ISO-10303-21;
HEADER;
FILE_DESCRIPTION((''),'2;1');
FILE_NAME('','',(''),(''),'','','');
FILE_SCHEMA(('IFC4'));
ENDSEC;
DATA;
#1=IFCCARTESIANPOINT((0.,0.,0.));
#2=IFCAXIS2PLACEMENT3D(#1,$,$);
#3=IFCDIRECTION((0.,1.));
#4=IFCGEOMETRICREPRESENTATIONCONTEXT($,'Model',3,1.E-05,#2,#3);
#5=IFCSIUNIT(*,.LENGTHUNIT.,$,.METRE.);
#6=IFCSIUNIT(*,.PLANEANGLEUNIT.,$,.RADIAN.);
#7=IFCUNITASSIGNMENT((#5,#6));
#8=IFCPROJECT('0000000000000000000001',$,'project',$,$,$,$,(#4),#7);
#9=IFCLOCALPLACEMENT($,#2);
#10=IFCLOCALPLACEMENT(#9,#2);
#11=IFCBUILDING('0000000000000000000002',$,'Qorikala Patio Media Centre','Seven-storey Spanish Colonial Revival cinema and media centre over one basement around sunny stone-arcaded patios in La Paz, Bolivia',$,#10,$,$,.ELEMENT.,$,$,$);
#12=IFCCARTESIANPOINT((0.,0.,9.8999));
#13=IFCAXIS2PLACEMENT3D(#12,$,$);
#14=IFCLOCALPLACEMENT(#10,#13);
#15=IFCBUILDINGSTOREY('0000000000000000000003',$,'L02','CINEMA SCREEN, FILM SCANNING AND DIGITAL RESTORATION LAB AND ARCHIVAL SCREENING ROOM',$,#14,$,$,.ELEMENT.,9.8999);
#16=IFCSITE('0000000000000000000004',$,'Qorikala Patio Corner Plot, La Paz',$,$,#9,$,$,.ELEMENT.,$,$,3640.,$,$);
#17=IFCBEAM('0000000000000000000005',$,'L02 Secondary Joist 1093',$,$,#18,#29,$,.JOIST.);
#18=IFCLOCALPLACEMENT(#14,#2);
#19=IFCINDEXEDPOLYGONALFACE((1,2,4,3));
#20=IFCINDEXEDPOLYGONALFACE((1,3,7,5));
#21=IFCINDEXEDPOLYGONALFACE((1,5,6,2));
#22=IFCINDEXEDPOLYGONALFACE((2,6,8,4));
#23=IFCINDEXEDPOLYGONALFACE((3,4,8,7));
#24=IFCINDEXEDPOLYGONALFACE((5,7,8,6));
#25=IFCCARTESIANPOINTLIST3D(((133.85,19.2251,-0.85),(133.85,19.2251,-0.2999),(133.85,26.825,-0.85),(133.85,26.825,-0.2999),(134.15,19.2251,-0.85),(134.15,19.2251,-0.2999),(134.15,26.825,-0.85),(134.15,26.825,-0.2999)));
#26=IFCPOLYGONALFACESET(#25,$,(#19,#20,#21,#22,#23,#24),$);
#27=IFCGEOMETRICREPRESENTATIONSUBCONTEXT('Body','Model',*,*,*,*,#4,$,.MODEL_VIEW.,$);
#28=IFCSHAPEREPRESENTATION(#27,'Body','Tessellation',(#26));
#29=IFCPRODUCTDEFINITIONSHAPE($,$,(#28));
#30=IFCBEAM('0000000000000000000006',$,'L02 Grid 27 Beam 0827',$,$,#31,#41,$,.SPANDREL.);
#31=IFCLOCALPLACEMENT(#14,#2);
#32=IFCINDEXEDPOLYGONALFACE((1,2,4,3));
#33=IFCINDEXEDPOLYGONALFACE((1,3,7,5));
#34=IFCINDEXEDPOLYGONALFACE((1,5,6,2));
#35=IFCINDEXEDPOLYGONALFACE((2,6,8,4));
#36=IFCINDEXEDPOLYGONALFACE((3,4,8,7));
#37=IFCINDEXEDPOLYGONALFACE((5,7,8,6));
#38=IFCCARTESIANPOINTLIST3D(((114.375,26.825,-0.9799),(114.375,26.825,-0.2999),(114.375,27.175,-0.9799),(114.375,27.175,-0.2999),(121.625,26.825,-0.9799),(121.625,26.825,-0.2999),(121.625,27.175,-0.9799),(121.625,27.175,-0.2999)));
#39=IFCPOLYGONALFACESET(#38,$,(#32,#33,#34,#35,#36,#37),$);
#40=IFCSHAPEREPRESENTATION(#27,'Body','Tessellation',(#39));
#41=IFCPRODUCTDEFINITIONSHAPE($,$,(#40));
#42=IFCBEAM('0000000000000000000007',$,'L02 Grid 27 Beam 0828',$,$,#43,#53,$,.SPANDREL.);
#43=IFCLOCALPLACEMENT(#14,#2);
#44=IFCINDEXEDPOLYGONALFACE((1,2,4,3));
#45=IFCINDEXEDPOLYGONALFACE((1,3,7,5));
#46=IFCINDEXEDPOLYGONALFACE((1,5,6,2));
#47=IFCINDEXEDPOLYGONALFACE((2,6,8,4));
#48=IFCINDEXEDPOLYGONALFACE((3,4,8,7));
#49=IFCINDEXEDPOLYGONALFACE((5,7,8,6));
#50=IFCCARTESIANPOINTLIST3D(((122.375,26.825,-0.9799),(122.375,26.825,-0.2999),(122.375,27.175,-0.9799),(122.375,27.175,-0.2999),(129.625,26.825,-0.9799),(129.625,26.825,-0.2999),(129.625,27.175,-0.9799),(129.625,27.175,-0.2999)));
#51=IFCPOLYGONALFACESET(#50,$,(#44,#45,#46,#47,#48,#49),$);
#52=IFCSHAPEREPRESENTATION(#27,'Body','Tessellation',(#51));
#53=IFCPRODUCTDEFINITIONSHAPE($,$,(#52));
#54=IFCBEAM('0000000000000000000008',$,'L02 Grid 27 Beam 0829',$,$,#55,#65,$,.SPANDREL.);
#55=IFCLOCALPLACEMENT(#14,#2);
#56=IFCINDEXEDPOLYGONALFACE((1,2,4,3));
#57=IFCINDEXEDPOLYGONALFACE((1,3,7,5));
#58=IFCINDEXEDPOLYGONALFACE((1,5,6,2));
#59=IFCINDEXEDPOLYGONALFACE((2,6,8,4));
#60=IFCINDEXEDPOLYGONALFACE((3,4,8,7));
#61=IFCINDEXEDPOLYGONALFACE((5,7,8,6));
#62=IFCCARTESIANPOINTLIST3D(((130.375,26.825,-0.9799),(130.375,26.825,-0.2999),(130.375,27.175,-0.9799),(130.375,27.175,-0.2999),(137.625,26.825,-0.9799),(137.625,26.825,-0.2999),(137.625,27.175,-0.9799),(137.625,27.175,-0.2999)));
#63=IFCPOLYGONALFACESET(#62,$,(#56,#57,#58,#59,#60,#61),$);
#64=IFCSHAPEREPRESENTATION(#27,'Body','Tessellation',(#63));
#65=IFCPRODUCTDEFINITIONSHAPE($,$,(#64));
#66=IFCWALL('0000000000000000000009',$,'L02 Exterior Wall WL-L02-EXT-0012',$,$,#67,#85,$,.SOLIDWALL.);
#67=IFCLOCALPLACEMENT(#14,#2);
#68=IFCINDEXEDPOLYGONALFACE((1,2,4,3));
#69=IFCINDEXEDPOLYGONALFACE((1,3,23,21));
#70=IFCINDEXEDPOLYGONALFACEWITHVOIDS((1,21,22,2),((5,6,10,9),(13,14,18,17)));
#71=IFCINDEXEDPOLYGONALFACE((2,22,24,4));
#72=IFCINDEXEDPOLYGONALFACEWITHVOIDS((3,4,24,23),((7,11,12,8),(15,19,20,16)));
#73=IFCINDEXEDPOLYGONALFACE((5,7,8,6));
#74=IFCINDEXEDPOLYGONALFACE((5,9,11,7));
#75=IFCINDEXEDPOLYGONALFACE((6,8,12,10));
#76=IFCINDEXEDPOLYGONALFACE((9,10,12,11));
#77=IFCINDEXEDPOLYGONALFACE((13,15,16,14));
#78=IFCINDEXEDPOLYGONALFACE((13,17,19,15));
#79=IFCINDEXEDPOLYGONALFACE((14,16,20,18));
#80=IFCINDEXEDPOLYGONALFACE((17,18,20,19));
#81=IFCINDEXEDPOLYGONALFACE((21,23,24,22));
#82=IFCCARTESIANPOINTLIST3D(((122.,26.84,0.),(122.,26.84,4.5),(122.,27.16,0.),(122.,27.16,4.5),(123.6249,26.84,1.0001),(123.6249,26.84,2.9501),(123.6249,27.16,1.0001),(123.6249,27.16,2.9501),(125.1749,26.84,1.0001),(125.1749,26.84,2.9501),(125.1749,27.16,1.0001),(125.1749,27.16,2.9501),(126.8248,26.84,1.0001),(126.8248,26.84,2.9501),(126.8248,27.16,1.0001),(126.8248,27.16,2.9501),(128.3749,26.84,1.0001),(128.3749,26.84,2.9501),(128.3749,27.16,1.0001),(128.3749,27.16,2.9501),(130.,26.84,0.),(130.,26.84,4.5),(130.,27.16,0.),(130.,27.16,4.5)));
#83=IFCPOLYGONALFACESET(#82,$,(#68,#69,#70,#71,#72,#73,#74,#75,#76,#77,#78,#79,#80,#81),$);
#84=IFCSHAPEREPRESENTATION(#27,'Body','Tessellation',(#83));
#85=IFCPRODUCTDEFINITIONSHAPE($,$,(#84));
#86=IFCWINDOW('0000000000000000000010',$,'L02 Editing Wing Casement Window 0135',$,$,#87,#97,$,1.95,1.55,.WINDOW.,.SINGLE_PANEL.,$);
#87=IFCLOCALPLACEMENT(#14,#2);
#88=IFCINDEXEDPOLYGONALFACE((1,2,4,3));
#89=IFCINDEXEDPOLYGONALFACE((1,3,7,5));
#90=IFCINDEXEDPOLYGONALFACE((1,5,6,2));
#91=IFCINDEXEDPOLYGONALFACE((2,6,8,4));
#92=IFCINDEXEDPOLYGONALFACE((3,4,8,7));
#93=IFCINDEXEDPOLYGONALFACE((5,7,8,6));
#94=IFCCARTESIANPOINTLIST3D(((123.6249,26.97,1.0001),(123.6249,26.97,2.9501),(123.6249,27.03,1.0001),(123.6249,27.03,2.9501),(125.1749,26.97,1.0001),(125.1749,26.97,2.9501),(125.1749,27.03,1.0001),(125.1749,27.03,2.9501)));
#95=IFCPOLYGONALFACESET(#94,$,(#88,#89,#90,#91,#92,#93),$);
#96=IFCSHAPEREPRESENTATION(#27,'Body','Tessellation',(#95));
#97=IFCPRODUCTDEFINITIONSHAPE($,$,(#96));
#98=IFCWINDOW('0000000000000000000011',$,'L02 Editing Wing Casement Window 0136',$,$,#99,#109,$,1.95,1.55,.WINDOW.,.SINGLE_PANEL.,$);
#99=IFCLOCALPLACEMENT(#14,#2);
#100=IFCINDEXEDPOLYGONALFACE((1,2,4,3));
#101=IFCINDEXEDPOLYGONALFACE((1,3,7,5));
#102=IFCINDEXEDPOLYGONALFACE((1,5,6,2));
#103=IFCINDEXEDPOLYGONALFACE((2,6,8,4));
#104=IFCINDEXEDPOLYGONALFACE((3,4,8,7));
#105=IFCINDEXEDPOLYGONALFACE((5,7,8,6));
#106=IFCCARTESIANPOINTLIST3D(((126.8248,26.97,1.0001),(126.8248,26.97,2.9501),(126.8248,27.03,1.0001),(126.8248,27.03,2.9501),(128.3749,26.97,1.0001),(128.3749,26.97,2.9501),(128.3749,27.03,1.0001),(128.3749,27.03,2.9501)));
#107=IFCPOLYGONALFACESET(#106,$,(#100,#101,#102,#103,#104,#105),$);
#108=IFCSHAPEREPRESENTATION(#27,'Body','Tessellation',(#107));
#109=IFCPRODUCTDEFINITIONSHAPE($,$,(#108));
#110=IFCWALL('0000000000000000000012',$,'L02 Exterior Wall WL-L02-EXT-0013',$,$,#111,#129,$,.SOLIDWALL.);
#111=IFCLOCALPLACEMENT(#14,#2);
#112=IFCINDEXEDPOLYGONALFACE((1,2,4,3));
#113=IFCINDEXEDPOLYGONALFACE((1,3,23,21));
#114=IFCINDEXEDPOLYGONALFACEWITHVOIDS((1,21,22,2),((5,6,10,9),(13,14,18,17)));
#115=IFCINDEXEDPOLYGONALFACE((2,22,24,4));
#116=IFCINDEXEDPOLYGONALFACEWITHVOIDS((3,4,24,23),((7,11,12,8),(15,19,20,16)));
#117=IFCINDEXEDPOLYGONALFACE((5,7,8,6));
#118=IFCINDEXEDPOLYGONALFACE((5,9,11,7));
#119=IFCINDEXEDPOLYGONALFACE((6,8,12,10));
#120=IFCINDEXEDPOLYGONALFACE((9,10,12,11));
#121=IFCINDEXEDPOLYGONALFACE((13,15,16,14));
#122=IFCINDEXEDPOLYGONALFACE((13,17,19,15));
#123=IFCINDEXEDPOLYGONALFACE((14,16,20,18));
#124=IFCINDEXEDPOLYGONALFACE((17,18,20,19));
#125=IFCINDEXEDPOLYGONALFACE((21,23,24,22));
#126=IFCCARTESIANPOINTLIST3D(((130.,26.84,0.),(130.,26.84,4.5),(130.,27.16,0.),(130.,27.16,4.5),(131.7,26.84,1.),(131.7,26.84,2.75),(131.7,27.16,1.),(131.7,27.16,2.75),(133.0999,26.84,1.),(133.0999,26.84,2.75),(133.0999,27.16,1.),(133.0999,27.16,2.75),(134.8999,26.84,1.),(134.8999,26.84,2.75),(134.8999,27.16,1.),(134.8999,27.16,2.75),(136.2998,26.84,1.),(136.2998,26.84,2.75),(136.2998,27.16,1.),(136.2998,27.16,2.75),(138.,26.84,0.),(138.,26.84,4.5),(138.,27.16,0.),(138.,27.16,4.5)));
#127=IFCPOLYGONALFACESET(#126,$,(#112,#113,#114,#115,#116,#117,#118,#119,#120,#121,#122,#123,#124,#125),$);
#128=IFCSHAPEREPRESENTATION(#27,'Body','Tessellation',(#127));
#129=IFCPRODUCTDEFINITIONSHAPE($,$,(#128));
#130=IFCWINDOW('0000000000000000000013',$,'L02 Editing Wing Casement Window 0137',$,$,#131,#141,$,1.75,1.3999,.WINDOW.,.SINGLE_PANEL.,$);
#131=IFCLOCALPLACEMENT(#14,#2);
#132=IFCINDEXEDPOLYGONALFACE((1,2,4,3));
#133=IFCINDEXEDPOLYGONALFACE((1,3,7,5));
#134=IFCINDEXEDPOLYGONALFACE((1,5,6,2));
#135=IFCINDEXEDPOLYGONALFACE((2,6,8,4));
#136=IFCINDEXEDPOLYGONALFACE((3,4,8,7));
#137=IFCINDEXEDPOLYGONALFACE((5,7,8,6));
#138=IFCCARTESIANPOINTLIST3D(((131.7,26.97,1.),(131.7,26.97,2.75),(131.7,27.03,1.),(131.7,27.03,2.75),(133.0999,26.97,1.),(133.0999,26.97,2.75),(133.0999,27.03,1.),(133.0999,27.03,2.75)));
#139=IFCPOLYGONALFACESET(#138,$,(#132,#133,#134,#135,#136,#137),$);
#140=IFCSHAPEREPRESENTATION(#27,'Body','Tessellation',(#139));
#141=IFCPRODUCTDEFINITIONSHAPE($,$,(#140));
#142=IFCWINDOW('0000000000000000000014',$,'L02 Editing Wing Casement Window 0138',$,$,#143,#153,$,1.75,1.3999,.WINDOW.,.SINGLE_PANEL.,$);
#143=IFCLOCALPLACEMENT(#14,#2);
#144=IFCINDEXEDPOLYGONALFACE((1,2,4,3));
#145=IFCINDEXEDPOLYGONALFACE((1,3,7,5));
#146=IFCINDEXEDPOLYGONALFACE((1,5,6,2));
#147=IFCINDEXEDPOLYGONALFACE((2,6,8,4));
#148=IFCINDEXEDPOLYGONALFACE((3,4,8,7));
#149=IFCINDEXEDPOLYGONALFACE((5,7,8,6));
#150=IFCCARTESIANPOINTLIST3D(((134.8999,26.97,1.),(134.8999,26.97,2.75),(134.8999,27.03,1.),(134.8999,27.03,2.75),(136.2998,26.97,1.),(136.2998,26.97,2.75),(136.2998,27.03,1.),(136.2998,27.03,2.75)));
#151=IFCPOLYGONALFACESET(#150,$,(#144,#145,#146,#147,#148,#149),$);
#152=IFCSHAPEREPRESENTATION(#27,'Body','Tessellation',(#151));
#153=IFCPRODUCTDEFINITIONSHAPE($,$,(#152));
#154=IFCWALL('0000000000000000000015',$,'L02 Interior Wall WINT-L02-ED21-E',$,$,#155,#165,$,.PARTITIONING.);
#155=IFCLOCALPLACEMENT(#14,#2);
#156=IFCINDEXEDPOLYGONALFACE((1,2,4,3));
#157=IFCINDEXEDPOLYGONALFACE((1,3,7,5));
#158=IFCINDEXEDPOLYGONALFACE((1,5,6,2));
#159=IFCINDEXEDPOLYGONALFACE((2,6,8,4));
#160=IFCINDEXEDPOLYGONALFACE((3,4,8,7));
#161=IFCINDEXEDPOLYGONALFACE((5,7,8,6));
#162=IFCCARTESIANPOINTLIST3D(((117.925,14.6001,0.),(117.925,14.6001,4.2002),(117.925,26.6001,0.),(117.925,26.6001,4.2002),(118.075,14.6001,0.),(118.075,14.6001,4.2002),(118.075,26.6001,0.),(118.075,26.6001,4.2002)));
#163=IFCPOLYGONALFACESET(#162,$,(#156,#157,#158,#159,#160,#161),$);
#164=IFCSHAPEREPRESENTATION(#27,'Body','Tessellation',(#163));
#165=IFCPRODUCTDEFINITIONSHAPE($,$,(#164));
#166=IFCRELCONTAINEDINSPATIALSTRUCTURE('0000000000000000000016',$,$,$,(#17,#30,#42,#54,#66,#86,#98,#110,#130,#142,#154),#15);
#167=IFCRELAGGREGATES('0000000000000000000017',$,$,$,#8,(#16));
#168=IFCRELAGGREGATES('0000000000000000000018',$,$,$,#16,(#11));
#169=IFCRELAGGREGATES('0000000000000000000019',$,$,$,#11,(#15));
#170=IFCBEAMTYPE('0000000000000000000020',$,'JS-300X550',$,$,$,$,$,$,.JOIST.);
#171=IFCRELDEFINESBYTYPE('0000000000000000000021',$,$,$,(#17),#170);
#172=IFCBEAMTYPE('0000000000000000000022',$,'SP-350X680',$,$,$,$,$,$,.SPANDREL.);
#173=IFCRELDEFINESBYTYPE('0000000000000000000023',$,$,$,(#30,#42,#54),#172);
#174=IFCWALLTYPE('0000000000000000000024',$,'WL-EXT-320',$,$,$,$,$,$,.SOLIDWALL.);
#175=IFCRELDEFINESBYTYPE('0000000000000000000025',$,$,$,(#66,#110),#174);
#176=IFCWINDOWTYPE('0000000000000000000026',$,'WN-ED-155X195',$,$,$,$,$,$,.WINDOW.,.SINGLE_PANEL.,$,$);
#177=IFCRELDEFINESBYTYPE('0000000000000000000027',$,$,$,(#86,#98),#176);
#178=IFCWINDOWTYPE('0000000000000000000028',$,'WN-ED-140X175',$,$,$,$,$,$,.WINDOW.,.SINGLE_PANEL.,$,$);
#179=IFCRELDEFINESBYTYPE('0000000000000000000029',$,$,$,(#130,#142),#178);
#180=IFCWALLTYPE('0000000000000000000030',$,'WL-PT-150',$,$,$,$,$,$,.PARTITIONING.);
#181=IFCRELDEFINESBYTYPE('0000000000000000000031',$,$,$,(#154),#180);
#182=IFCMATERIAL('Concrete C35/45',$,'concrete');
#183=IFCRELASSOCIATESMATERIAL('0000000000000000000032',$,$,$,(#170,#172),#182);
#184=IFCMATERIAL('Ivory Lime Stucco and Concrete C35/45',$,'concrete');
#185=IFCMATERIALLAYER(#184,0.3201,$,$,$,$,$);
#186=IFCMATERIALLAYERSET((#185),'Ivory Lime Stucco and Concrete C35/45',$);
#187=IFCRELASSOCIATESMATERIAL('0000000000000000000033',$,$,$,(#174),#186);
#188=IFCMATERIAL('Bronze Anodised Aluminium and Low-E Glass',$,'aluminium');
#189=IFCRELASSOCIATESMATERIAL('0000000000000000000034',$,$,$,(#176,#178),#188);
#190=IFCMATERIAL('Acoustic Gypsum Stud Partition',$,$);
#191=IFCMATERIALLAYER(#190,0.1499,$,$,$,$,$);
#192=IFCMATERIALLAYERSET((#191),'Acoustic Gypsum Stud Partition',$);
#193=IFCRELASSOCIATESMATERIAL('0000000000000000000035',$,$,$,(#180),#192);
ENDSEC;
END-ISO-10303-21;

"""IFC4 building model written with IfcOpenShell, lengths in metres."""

from ifc_helpers import new_model, si_unit, direction, frame, frame_2d, origin, origin_2d, place, context, subcontext, project, spatial, rectangle, extrude, material, layer, layer_set, material_profile, profile_set, type_object, element, fill, save


model = new_model("IFC4")

# Units and contexts
model_context = context("Model", 3, precision=1e-05, world=origin(), true_north=direction((0.0, 1.0)))
body_context = subcontext(model_context, "Body", "Model", "MODEL_VIEW")
ifc_project = project(units=[si_unit("LENGTHUNIT", "METRE"), si_unit("PLANEANGLEUNIT", "RADIAN")], contexts=[model_context])

# Site, building, storey
site_placement = place(None, origin())
site = spatial("IfcSite", under=ifc_project, at=site_placement, Name="Qorikala Patio Corner Plot, La Paz", CompositionType="ELEMENT", RefElevation=3640.0)
building_placement = place(site_placement, origin())
building = spatial("IfcBuilding", under=site, at=building_placement, Name="Qorikala Patio Media Centre", Description="Seven-storey Spanish Colonial Revival cinema and media centre over one basement around sunny stone-arcaded patios in La Paz, Bolivia", CompositionType="ELEMENT")
storey_placement = place(building_placement, frame((0.0, 0.0, 9.8999)))
storey = spatial("IfcBuildingStorey", under=building, at=storey_placement, Name="L02", Description="CINEMA SCREEN, FILM SCANNING AND DIGITAL RESTORATION LAB AND ARCHIVAL SCREENING ROOM", CompositionType="ELEMENT", Elevation=9.8999)

# Shared definitions
ifc_material_1 = material(Name="Concrete C35/45", Category="concrete")

# Beams
ifc_material_profile_1 = material_profile(ifc_material_1, rectangle(XDim=0.3, YDim=0.55, at=origin_2d()), Name="RC 300x550")
ifc_profile_set_1 = profile_set([ifc_material_profile_1], Name="Concrete C35/45")
beam_type_1 = type_object("IfcBeamType", Name="JS-300X550", PredefinedType="JOIST", material=ifc_profile_set_1)
beam_1_placement = place(storey_placement, frame((134.0, 19.2251, -0.575), z_axis=(0.0, 1.0, 0.0), x_axis=(-1.0, 0.0, 0.0)))
element("IfcBeam", 1, at=beam_1_placement, inside=storey, type_object=beam_type_1, Name="L02 Secondary Joist 1093", PredefinedType="JOIST", context=body_context, shape_type="SweptSolid", body=[
    extrude(rectangle(XDim=0.3, YDim=0.55, at=origin_2d()), origin(), (0.0, 0.0, 1.0), 7.5999),
])
ifc_material_profile_2 = material_profile(ifc_material_1, rectangle(XDim=0.3501, YDim=0.6799, at=origin_2d()), Name="RC 350x680")
ifc_profile_set_2 = profile_set([ifc_material_profile_2], Name="Concrete C35/45")
beam_type_2 = type_object("IfcBeamType", Name="SP-350X680", PredefinedType="SPANDREL", material=ifc_profile_set_2)
for number, where, z_axis, x_axis, name in (
    (2, (114.375, 27.0, -0.6399), (1.0, 0.0, 0.0), (0.0, 1.0, 0.0), "L02 Grid 27 Beam 0827"),
    (3, (122.375, 27.0, -0.6399), (1.0, 0.0, 0.0), (0.0, 1.0, 0.0), "L02 Grid 27 Beam 0828"),
    (4, (130.375, 27.0, -0.6399), (1.0, 0.0, 0.0), (0.0, 1.0, 0.0), "L02 Grid 27 Beam 0829"),
):
    element("IfcBeam", number, at=place(storey_placement, frame(where, z_axis=z_axis, x_axis=x_axis)), inside=storey, type_object=beam_type_2, Name=name, PredefinedType="SPANDREL", context=body_context, shape_type="SweptSolid", body=[
        extrude(rectangle(XDim=0.3501, YDim=0.6799, at=origin_2d()), origin(), (0.0, 0.0, 1.0), 7.25),
    ])

# Walls, openings, windows
ifc_material_2 = material(Name="Ivory Lime Stucco and Concrete C35/45", Category="concrete")
ifc_layer_1 = layer(ifc_material_2, 0.3201)
ifc_layer_set_1 = layer_set([ifc_layer_1], Name="Ivory Lime Stucco and Concrete C35/45")
wall_type_1 = type_object("IfcWallType", Name="WL-EXT-320", PredefinedType="SOLIDWALL", material=ifc_layer_set_1)
wall_1_placement = place(storey_placement, frame((122.0, 27.0, 0.0), z_axis=(0.0, 0.0, 1.0), x_axis=(1.0, 0.0, 0.0)))
wall_1 = element("IfcWall", 5, at=wall_1_placement, inside=storey, type_object=wall_type_1, Name="L02 Exterior Wall WL-L02-EXT-0012", PredefinedType="SOLIDWALL", context=body_context, shape_type="SweptSolid", body=[
    extrude(rectangle(XDim=8.0, YDim=0.3201, at=frame_2d((4.0, 0.0))), origin(), (0.0, 0.0, 1.0), 4.5),
])
opening_1_placement = place(wall_1_placement, frame((1.625, 0.0, 1.0)))
opening_1 = element("IfcOpeningElement", 6, at=opening_1_placement, cuts=wall_1, PredefinedType="OPENING", context=body_context, shape_type="SweptSolid", body=[
    extrude(rectangle(XDim=1.55, YDim=1.95, at=frame_2d((0.7749, 0.9751))), frame((0.0, 0.1699, 0.0), z_axis=(0.0, -1.0, 0.0), x_axis=(1.0, 0.0, 0.0)), (0.0, 0.0, 1.0), 0.3401),
])
opening_2_placement = place(wall_1_placement, frame((4.825, 0.0, 1.0)))
opening_2 = element("IfcOpeningElement", 7, at=opening_2_placement, cuts=wall_1, PredefinedType="OPENING", context=body_context, shape_type="SweptSolid", body=[
    extrude(rectangle(XDim=1.55, YDim=1.95, at=frame_2d((0.7749, 0.9751))), frame((0.0, 0.1699, 0.0), z_axis=(0.0, -1.0, 0.0), x_axis=(1.0, 0.0, 0.0)), (0.0, 0.0, 1.0), 0.3401),
])
ifc_material_3 = material(Name="Bronze Anodised Aluminium and Low-E Glass", Category="aluminium")
window_type_1 = type_object("IfcWindowType", Name="WN-ED-155X195", PartitioningType="SINGLE_PANEL", PredefinedType="WINDOW", material=ifc_material_3)
window_1_placement = place(opening_1_placement, origin())
window_1 = element("IfcWindow", 8, at=window_1_placement, inside=storey, type_object=window_type_1, Name="L02 Editing Wing Casement Window 0135", OverallHeight=1.95, OverallWidth=1.55, PartitioningType="SINGLE_PANEL", PredefinedType="WINDOW", context=body_context, shape_type="SweptSolid", body=[
    extrude(rectangle(XDim=1.55, YDim=1.95, at=frame_2d((0.7749, 0.9751))), frame((0.0, 0.03, 0.0), z_axis=(0.0, -1.0, 0.0), x_axis=(1.0, 0.0, 0.0)), (0.0, 0.0, 1.0), 0.0601),
])
fill(opening_1, window_1)
window_2_placement = place(opening_2_placement, origin())
window_2 = element("IfcWindow", 9, at=window_2_placement, inside=storey, type_object=window_type_1, Name="L02 Editing Wing Casement Window 0136", OverallHeight=1.95, OverallWidth=1.55, PartitioningType="SINGLE_PANEL", PredefinedType="WINDOW", context=body_context, shape_type="SweptSolid", body=[
    extrude(rectangle(XDim=1.55, YDim=1.95, at=frame_2d((0.7749, 0.9751))), frame((0.0, 0.03, 0.0), z_axis=(0.0, -1.0, 0.0), x_axis=(1.0, 0.0, 0.0)), (0.0, 0.0, 1.0), 0.0601),
])
fill(opening_2, window_2)
wall_2_placement = place(storey_placement, frame((130.0, 27.0, 0.0), z_axis=(0.0, 0.0, 1.0), x_axis=(1.0, 0.0, 0.0)))
wall_2 = element("IfcWall", 10, at=wall_2_placement, inside=storey, type_object=wall_type_1, Name="L02 Exterior Wall WL-L02-EXT-0013", PredefinedType="SOLIDWALL", context=body_context, shape_type="SweptSolid", body=[
    extrude(rectangle(XDim=8.0, YDim=0.3201, at=frame_2d((4.0, 0.0))), origin(), (0.0, 0.0, 1.0), 4.5),
])
opening_3_placement = place(wall_2_placement, frame((1.7, 0.0, 1.0)))
opening_3 = element("IfcOpeningElement", 11, at=opening_3_placement, cuts=wall_2, PredefinedType="OPENING", context=body_context, shape_type="SweptSolid", body=[
    extrude(rectangle(XDim=1.3999, YDim=1.75, at=frame_2d((0.7, 0.875))), frame((0.0, 0.1699, 0.0), z_axis=(0.0, -1.0, 0.0), x_axis=(1.0, 0.0, 0.0)), (0.0, 0.0, 1.0), 0.3401),
])
opening_4_placement = place(wall_2_placement, frame((4.8999, 0.0, 1.0)))
opening_4 = element("IfcOpeningElement", 12, at=opening_4_placement, cuts=wall_2, PredefinedType="OPENING", context=body_context, shape_type="SweptSolid", body=[
    extrude(rectangle(XDim=1.3999, YDim=1.75, at=frame_2d((0.7, 0.875))), frame((0.0, 0.1699, 0.0), z_axis=(0.0, -1.0, 0.0), x_axis=(1.0, 0.0, 0.0)), (0.0, 0.0, 1.0), 0.3401),
])
window_type_2 = type_object("IfcWindowType", Name="WN-ED-140X175", PartitioningType="SINGLE_PANEL", PredefinedType="WINDOW", material=ifc_material_3)
window_3_placement = place(opening_3_placement, origin())
window_3 = element("IfcWindow", 13, at=window_3_placement, inside=storey, type_object=window_type_2, Name="L02 Editing Wing Casement Window 0137", OverallHeight=1.75, OverallWidth=1.3999, PartitioningType="SINGLE_PANEL", PredefinedType="WINDOW", context=body_context, shape_type="SweptSolid", body=[
    extrude(rectangle(XDim=1.3999, YDim=1.75, at=frame_2d((0.7, 0.875))), frame((0.0, 0.03, 0.0), z_axis=(0.0, -1.0, 0.0), x_axis=(1.0, 0.0, 0.0)), (0.0, 0.0, 1.0), 0.0601),
])
fill(opening_3, window_3)
window_4_placement = place(opening_4_placement, origin())
window_4 = element("IfcWindow", 14, at=window_4_placement, inside=storey, type_object=window_type_2, Name="L02 Editing Wing Casement Window 0138", OverallHeight=1.75, OverallWidth=1.3999, PartitioningType="SINGLE_PANEL", PredefinedType="WINDOW", context=body_context, shape_type="SweptSolid", body=[
    extrude(rectangle(XDim=1.3999, YDim=1.75, at=frame_2d((0.7, 0.875))), frame((0.0, 0.03, 0.0), z_axis=(0.0, -1.0, 0.0), x_axis=(1.0, 0.0, 0.0)), (0.0, 0.0, 1.0), 0.0601),
])
fill(opening_4, window_4)

# Wall
ifc_material_4 = material(Name="Acoustic Gypsum Stud Partition")
ifc_layer_2 = layer(ifc_material_4, 0.1499)
ifc_layer_set_2 = layer_set([ifc_layer_2], Name="Acoustic Gypsum Stud Partition")
wall_type_2 = type_object("IfcWallType", Name="WL-PT-150", PredefinedType="PARTITIONING", material=ifc_layer_set_2)
wall_3_placement = place(storey_placement, frame((118.0, 14.6001, 0.0), z_axis=(0.0, 0.0, 1.0), x_axis=(0.0, 1.0, 0.0)))
element("IfcWall", 15, at=wall_3_placement, inside=storey, type_object=wall_type_2, Name="L02 Interior Wall WINT-L02-ED21-E", PredefinedType="PARTITIONING", context=body_context, shape_type="SweptSolid", body=[
    extrude(rectangle(XDim=12.0, YDim=0.1499, at=frame_2d((6.0, 0.0))), origin(), (0.0, 0.0, 1.0), 4.2002),
])

save(model, "model.ifc")
